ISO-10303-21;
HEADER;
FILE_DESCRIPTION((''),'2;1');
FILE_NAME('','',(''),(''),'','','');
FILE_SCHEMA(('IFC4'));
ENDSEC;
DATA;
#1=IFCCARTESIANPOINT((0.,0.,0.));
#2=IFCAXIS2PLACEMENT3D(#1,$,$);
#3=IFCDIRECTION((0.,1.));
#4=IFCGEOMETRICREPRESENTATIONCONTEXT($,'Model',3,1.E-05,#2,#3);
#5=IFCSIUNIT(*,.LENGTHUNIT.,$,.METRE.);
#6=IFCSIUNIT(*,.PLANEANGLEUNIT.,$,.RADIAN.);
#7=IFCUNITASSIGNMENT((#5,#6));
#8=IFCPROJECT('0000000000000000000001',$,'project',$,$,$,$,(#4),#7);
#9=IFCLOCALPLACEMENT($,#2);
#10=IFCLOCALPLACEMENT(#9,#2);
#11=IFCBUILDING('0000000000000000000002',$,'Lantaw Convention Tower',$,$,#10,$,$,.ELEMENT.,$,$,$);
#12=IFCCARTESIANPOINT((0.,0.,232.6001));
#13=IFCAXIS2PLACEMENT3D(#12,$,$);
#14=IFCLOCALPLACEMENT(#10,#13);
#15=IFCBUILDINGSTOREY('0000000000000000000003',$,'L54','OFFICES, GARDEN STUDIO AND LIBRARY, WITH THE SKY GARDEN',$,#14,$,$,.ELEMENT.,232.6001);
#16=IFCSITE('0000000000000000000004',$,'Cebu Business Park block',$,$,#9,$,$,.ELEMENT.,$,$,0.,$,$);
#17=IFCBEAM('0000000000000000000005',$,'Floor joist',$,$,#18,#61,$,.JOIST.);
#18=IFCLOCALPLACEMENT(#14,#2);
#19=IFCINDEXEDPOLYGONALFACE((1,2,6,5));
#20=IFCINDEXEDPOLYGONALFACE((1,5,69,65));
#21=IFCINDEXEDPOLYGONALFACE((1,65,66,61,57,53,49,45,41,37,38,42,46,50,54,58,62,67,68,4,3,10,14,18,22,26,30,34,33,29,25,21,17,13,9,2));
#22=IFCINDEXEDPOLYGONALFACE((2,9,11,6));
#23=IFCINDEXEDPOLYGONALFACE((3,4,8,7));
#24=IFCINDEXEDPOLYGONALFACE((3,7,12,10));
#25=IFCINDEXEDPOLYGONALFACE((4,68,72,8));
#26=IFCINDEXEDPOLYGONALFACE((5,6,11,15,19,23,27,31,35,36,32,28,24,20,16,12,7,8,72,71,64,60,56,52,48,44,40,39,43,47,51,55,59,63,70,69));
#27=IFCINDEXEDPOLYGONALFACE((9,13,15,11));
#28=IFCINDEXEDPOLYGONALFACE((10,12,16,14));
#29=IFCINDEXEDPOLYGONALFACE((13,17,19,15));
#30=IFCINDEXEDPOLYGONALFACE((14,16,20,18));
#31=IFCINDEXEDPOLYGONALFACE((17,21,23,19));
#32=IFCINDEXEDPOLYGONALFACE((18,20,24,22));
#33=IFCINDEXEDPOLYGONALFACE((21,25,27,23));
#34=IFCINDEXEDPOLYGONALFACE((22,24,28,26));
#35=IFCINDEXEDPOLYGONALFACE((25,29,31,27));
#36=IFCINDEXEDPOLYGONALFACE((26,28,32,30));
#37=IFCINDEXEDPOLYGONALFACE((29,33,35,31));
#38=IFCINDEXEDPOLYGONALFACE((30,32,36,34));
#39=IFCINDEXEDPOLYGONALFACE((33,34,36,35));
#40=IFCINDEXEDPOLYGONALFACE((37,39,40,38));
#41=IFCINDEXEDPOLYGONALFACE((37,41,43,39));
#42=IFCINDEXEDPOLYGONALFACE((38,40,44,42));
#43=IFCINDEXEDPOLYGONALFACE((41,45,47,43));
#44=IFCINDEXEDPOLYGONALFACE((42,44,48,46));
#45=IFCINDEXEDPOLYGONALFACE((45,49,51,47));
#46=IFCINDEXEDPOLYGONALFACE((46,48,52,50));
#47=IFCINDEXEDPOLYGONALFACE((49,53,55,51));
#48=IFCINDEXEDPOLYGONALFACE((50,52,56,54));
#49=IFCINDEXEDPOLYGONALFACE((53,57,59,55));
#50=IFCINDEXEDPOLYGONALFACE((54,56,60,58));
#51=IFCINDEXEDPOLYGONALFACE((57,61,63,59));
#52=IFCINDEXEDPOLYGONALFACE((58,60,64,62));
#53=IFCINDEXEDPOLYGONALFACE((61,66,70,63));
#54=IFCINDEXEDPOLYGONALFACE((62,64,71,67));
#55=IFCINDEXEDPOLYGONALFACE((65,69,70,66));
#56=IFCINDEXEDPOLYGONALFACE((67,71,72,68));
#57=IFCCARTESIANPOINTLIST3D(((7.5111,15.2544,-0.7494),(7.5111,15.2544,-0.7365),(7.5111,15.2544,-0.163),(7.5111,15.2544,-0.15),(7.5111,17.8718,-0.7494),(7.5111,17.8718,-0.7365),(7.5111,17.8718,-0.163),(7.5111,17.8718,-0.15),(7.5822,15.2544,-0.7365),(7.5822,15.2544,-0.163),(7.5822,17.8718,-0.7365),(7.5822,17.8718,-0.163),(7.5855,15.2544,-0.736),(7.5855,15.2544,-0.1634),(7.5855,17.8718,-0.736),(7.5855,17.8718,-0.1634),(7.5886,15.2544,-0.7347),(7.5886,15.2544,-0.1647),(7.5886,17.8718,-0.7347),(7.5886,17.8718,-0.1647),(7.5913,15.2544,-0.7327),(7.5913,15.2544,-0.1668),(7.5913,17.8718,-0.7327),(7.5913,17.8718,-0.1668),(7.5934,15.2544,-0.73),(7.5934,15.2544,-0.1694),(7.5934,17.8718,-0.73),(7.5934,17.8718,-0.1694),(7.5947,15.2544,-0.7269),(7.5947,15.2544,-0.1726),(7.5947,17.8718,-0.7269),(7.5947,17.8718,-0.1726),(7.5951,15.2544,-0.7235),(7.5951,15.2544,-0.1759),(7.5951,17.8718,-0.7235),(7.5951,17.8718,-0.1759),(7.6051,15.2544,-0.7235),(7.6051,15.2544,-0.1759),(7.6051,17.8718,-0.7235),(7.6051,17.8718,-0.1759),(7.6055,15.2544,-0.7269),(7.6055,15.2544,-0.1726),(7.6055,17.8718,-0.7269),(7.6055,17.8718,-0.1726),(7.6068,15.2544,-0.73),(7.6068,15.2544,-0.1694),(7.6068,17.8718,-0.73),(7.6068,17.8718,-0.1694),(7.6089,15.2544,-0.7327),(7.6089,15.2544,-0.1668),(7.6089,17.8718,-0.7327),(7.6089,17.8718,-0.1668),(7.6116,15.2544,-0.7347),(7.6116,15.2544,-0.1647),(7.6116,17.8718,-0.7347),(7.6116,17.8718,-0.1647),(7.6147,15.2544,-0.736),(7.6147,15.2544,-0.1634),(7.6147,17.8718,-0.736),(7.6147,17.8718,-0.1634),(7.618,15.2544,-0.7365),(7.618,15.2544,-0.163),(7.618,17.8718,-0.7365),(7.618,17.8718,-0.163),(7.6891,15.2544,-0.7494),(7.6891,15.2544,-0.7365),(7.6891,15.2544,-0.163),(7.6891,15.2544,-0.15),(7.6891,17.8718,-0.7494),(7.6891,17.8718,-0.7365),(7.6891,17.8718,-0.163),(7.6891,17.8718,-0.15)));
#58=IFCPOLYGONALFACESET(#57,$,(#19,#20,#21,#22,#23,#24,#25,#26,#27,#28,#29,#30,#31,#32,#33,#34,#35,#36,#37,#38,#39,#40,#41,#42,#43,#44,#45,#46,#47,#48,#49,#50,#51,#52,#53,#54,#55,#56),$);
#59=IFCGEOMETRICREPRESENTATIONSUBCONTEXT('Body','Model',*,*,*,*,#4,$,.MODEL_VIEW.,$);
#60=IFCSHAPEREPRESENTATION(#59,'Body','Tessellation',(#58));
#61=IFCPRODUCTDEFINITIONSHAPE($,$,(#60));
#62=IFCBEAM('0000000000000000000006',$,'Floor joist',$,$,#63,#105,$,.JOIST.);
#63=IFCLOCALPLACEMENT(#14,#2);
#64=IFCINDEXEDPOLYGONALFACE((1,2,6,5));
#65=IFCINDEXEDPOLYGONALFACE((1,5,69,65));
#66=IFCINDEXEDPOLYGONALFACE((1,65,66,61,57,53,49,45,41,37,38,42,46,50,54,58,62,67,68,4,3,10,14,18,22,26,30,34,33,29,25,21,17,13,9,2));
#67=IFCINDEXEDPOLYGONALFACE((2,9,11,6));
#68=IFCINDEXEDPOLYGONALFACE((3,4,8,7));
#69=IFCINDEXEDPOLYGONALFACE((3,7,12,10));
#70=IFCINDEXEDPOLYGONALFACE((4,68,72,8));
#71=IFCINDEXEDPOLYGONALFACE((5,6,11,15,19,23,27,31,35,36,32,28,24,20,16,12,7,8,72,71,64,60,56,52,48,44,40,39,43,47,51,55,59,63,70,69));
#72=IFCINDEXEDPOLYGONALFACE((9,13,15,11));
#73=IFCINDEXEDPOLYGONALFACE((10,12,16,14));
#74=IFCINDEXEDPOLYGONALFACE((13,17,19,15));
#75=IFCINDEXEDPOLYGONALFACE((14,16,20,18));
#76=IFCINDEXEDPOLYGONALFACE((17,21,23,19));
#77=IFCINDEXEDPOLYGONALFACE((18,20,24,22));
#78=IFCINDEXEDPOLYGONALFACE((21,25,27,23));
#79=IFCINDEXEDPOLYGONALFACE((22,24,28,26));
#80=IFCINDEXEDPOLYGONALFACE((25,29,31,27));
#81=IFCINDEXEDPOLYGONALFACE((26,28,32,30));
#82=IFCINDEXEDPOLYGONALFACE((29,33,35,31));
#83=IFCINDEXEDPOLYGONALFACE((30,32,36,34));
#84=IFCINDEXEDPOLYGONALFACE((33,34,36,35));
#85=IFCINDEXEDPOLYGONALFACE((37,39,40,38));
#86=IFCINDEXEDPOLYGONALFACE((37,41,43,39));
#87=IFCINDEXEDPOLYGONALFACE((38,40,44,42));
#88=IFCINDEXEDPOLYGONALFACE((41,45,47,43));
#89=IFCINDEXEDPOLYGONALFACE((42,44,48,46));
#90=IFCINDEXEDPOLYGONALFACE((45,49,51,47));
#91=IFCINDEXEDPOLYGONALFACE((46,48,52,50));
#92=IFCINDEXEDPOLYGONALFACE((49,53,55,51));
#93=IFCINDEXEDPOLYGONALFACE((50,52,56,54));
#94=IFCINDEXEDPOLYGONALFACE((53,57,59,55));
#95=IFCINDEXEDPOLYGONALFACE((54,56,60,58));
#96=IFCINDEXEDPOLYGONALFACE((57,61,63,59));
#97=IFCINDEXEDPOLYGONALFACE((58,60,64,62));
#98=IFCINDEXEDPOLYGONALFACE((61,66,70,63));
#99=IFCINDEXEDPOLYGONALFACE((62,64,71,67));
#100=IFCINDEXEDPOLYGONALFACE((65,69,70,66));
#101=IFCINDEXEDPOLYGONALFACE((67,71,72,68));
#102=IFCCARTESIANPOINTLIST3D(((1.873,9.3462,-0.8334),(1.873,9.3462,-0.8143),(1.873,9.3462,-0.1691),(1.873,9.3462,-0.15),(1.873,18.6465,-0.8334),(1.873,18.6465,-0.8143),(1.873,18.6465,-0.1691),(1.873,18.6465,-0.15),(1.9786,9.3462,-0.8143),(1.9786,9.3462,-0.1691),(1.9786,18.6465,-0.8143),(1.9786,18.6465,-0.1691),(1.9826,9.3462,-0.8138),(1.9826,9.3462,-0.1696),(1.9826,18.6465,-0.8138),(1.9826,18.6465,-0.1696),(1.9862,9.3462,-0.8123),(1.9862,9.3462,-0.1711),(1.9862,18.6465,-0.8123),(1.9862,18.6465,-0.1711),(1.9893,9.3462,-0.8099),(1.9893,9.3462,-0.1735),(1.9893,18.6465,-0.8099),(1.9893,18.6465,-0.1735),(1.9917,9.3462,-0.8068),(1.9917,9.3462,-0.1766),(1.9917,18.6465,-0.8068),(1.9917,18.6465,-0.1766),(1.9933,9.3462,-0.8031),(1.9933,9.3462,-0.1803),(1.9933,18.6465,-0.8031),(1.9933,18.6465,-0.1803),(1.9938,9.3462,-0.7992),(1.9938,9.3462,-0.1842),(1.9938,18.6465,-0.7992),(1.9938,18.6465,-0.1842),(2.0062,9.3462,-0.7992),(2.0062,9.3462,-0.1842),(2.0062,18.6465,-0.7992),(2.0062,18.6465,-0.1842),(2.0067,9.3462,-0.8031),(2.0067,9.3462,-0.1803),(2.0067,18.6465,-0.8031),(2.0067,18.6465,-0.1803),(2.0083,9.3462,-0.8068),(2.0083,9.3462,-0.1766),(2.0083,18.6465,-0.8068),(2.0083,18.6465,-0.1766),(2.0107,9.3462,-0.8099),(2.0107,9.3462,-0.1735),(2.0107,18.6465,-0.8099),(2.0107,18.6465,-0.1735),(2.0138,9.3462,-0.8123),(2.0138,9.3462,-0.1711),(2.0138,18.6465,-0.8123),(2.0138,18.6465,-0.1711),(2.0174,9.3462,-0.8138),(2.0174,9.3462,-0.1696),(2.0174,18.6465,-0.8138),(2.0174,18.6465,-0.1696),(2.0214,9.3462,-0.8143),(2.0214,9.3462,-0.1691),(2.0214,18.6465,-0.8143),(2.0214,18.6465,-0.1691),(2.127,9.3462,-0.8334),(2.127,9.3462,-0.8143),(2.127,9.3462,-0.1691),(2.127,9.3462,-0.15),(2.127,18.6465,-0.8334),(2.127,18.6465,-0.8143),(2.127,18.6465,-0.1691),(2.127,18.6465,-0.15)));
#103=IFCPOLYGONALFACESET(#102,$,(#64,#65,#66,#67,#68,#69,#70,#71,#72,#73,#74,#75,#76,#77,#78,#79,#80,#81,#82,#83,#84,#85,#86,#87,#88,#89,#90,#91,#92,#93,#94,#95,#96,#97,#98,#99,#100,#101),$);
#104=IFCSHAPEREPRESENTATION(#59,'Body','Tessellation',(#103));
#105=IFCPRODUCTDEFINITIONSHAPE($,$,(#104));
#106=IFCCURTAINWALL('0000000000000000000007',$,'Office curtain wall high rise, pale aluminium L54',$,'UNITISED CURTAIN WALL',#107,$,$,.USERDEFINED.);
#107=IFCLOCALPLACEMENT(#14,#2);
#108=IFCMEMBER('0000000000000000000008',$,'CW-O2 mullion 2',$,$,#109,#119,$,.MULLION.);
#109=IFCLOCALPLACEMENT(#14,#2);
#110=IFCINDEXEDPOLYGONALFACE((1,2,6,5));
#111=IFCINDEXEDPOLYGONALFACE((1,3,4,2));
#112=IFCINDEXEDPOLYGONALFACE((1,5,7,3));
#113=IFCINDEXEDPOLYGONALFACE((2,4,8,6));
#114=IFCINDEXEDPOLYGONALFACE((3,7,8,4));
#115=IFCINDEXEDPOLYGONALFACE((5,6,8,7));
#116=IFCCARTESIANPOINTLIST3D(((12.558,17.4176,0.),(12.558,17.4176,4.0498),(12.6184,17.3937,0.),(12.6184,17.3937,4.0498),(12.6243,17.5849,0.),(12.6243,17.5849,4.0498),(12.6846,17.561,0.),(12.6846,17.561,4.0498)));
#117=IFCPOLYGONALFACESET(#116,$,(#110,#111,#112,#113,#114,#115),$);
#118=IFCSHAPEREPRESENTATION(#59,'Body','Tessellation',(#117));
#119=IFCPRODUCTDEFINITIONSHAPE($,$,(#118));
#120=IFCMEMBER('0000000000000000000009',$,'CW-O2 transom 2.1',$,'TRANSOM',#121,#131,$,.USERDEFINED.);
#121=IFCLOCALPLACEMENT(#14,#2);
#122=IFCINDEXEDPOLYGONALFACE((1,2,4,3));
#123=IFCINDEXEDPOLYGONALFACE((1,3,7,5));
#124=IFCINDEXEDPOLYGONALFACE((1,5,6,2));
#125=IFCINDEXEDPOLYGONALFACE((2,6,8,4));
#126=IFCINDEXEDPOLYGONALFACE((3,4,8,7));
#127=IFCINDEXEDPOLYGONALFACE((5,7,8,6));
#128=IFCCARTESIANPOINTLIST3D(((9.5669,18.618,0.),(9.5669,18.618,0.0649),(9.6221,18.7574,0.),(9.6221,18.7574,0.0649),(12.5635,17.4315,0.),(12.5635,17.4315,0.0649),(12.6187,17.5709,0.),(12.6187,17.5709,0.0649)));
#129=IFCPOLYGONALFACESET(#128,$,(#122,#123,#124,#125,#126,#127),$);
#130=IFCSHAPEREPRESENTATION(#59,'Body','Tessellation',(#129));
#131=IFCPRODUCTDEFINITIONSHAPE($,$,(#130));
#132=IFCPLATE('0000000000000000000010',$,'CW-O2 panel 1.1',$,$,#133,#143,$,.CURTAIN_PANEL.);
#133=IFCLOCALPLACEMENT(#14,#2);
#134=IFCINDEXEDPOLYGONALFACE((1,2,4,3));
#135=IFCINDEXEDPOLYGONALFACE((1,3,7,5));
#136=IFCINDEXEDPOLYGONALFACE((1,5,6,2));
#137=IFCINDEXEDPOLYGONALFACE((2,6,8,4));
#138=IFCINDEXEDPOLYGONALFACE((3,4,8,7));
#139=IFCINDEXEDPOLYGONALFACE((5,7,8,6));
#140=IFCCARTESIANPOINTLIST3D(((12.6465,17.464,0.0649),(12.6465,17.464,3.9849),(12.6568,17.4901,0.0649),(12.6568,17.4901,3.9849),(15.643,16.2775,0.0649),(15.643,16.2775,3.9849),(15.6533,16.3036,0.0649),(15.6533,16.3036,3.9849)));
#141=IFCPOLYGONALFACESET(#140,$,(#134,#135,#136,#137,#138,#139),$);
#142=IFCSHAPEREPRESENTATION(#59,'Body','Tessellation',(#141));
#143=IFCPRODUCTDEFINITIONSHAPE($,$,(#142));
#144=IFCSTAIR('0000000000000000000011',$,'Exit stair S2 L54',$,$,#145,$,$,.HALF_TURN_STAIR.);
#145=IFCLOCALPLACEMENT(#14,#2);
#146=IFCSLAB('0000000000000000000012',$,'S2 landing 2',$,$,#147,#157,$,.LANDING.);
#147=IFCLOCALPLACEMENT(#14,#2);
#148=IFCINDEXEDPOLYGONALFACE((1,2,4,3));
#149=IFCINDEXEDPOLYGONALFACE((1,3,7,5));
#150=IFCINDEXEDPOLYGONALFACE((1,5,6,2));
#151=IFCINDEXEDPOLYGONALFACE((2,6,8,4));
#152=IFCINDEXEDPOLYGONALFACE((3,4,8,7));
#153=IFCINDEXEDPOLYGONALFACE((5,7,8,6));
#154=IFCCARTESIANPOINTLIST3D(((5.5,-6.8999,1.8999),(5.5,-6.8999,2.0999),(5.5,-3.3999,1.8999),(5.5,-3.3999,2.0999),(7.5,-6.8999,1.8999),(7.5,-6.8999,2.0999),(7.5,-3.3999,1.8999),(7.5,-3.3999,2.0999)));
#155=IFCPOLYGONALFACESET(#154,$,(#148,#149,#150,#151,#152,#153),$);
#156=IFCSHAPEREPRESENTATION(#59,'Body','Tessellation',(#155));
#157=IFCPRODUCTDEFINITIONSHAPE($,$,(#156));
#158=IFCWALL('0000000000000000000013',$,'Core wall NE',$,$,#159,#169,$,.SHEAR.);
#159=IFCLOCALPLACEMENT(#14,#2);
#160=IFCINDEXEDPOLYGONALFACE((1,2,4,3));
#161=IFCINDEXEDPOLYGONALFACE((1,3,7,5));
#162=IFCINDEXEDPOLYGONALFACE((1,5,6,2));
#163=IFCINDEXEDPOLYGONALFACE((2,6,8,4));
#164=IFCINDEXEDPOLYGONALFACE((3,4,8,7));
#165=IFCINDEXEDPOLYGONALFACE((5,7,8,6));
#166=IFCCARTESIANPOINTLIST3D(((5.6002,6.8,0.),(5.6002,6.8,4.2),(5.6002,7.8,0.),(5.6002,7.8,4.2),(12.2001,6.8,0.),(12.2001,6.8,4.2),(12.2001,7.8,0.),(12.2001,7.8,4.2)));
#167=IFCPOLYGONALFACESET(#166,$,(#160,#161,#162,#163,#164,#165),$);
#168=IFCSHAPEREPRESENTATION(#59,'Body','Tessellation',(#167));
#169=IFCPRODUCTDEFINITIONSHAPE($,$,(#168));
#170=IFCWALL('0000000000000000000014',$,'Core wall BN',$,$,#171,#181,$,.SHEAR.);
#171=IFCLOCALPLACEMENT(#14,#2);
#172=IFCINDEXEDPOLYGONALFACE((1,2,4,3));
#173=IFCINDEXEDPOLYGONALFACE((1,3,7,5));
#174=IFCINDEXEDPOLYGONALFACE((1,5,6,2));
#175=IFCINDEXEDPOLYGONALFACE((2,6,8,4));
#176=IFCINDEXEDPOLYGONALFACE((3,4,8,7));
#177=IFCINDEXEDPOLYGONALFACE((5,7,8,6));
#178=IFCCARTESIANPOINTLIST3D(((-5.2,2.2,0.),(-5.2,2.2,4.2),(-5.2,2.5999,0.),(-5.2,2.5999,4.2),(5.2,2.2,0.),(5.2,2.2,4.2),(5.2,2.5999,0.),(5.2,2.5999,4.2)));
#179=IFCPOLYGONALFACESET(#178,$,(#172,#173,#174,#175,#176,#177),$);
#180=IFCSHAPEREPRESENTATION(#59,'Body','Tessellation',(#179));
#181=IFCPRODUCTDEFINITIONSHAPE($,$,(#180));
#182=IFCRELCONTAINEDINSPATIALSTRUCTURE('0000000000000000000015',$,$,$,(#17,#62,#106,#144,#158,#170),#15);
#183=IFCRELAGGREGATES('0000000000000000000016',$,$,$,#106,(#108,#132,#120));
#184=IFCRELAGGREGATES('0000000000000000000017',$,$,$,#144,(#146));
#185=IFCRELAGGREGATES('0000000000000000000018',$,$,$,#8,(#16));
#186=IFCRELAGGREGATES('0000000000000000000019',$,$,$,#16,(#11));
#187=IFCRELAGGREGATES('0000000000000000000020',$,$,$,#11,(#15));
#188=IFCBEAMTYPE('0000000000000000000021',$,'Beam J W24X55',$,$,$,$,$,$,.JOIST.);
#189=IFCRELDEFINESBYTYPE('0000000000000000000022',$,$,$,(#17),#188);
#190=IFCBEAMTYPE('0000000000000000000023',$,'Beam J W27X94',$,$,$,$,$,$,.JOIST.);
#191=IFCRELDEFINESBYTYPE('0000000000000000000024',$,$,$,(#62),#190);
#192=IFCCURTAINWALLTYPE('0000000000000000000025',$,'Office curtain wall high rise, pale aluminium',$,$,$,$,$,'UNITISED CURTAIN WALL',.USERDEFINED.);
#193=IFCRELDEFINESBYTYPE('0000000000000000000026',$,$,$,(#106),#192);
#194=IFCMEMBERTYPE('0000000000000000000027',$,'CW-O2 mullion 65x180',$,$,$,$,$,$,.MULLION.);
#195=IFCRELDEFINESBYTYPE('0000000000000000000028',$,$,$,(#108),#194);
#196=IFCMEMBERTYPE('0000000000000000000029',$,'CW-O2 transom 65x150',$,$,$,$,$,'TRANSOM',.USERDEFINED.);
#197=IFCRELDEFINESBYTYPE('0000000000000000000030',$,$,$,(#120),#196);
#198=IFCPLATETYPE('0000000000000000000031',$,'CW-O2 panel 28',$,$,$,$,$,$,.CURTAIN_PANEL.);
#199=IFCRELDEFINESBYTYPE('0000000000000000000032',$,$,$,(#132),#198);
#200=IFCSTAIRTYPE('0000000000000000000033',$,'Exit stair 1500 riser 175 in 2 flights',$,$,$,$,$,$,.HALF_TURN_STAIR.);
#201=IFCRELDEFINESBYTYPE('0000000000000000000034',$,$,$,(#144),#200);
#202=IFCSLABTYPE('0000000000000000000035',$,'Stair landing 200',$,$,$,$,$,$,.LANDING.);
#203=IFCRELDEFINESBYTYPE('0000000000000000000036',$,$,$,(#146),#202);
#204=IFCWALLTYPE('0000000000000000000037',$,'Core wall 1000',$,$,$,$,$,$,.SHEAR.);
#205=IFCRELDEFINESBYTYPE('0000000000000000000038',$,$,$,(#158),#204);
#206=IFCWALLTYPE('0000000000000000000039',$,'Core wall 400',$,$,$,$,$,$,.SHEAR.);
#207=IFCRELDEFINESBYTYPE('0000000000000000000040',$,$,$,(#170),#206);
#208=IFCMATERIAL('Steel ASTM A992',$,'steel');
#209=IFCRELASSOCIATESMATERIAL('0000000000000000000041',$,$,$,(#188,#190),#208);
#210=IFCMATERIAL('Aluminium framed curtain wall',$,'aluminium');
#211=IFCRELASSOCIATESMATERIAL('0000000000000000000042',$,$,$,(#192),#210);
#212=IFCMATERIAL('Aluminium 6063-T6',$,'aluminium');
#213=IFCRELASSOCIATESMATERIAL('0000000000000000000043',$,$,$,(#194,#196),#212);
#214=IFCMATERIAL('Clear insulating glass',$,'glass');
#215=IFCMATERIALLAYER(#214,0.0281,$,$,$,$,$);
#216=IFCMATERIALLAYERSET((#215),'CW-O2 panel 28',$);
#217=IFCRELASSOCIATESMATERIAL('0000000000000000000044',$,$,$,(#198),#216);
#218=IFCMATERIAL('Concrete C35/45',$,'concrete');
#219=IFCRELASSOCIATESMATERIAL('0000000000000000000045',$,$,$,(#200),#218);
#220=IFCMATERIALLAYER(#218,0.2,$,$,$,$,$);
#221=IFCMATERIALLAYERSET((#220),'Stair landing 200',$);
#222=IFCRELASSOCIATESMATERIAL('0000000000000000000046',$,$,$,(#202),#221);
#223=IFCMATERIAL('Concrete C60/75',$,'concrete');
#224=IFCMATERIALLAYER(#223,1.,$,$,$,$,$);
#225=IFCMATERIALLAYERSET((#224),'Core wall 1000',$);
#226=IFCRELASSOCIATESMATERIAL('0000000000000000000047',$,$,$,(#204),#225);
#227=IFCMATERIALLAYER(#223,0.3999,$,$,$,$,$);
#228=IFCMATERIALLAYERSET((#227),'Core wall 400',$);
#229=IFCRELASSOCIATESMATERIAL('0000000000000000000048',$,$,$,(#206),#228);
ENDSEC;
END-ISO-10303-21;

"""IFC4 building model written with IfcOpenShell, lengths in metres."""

from ifc_helpers import new_model, si_unit, direction, frame, frame_2d, origin, origin_2d, place, context, subcontext, project, spatial, polyline, rectangle, i_section, outline, extrude, material, layer, layer_set, material_profile, profile_set, type_object, element, aggregate, save


model = new_model("IFC4")

# Units and contexts
model_context = context("Model", 3, precision=1e-05, world=origin(), true_north=direction((0.0, 1.0)))
body_context = subcontext(model_context, "Body", "Model", "MODEL_VIEW")
ifc_project = project(units=[si_unit("LENGTHUNIT", "METRE"), si_unit("PLANEANGLEUNIT", "RADIAN")], contexts=[model_context])

# Site, building, storey
site_placement = place(None, origin())
site = spatial("IfcSite", under=ifc_project, at=site_placement, Name="Cebu Business Park block", CompositionType="ELEMENT", RefElevation=0.0)
building_placement = place(site_placement, origin())
building = spatial("IfcBuilding", under=site, at=building_placement, Name="Lantaw Convention Tower", CompositionType="ELEMENT")
storey_placement = place(building_placement, frame((0.0, 0.0, 232.6001)))
storey = spatial("IfcBuildingStorey", under=building, at=storey_placement, Name="L54", Description="OFFICES, GARDEN STUDIO AND LIBRARY, WITH THE SKY GARDEN", CompositionType="ELEMENT", Elevation=232.6001)

# Beams
ifc_material_1 = material(Name="Steel ASTM A992", Category="steel")
ifc_material_profile_1 = material_profile(ifc_material_1, i_section(OverallWidth=0.178, OverallDepth=0.5994, WebThickness=0.01, FlangeThickness=0.0129, FilletRadius=0.0129, at=origin_2d()), Name="W24X55")
ifc_profile_set_1 = profile_set([ifc_material_profile_1], Name="Steel ASTM A992")
beam_type_1 = type_object("IfcBeamType", Name="Beam J W24X55", PredefinedType="JOIST", material=ifc_profile_set_1)
beam_1_placement = place(storey_placement, frame((7.6001, 15.2544, -0.4497), z_axis=(0.0, 1.0, 0.0), x_axis=(-1.0, 0.0, 0.0)))
element("IfcBeam", 1, at=beam_1_placement, inside=storey, type_object=beam_type_1, Name="Floor joist", PredefinedType="JOIST", context=body_context, shape_type="SweptSolid", body=[
    extrude(i_section(OverallWidth=0.178, OverallDepth=0.5994, WebThickness=0.01, FlangeThickness=0.0129, FilletRadius=0.0129, at=origin_2d()), origin(), (0.0, 0.0, 1.0), 2.6174),
])
ifc_material_profile_2 = material_profile(ifc_material_1, i_section(OverallWidth=0.2539, OverallDepth=0.6833, WebThickness=0.0125, FlangeThickness=0.019, FilletRadius=0.0151, at=origin_2d()), Name="W27X94")
ifc_profile_set_2 = profile_set([ifc_material_profile_2], Name="Steel ASTM A992")
beam_type_2 = type_object("IfcBeamType", Name="Beam J W27X94", PredefinedType="JOIST", material=ifc_profile_set_2)
beam_2_placement = place(storey_placement, frame((2.0, 9.3462, -0.4917), z_axis=(0.0, 1.0, 0.0), x_axis=(-1.0, 0.0, 0.0)))
element("IfcBeam", 2, at=beam_2_placement, inside=storey, type_object=beam_type_2, Name="Floor joist", PredefinedType="JOIST", context=body_context, shape_type="SweptSolid", body=[
    extrude(i_section(OverallWidth=0.2539, OverallDepth=0.6833, WebThickness=0.0125, FlangeThickness=0.019, FilletRadius=0.0151, at=origin_2d()), origin(), (0.0, 0.0, 1.0), 9.3003),
])

# Curtain wall, members, plate
ifc_material_2 = material(Name="Aluminium framed curtain wall", Category="aluminium")
curtain_wall_type = type_object("IfcCurtainWallType", Name="Office curtain wall high rise, pale aluminium", ElementType="UNITISED CURTAIN WALL", PredefinedType="USERDEFINED", material=ifc_material_2)
curtain_wall_placement = place(storey_placement, origin())
curtain_wall = element("IfcCurtainWall", 3, at=curtain_wall_placement, inside=storey, type_object=curtain_wall_type, Name="Office curtain wall high rise, pale aluminium L54", ObjectType="UNITISED CURTAIN WALL", PredefinedType="USERDEFINED")
ifc_material_3 = material(Name="Aluminium 6063-T6", Category="aluminium")
ifc_material_profile_3 = material_profile(ifc_material_3, rectangle(XDim=0.1799, YDim=0.0649, at=origin_2d()), Name="CW-O2 mullion 65x180")
ifc_profile_set_3 = profile_set([ifc_material_profile_3], Name="Aluminium 6063-T6")
member_type_1 = type_object("IfcMemberType", Name="CW-O2 mullion 65x180", PredefinedType="MULLION", material=ifc_profile_set_3)
member_1_placement = place(storey_placement, frame((12.6213, 17.4893, 0.0), z_axis=(0.0, 0.0, 1.0), x_axis=(-0.368162, -0.929762, 0.0)))
member_1 = element("IfcMember", 4, at=member_1_placement, type_object=member_type_1, Name="CW-O2 mullion 2", PredefinedType="MULLION", context=body_context, shape_type="SweptSolid", body=[
    extrude(rectangle(XDim=0.1799, YDim=0.0649, at=origin_2d()), origin(), (0.0, 0.0, 1.0), 4.0498),
])
ifc_material_profile_4 = material_profile(ifc_material_3, rectangle(XDim=0.1499, YDim=0.0649, at=origin_2d()), Name="CW-O2 transom 65x150")
ifc_profile_set_4 = profile_set([ifc_material_profile_4], Name="Aluminium 6063-T6")
member_type_2 = type_object("IfcMemberType", Name="CW-O2 transom 65x150", ElementType="TRANSOM", PredefinedType="USERDEFINED", material=ifc_profile_set_4)
member_2_placement = place(storey_placement, frame((12.5911, 17.5012, 0.0325), z_axis=(-0.929767, 0.368149, 0.0), x_axis=(-0.368149, -0.929767, 0.0)))
member_2 = element("IfcMember", 5, at=member_2_placement, type_object=member_type_2, Name="CW-O2 transom 2.1", ObjectType="TRANSOM", PredefinedType="USERDEFINED", context=body_context, shape_type="SweptSolid", body=[
    extrude(rectangle(XDim=0.1499, YDim=0.0649, at=origin_2d()), origin(), (0.0, 0.0, 1.0), 3.2229),
])
ifc_material_4 = material(Name="Clear insulating glass", Category="glass")
ifc_layer_1 = layer(ifc_material_4, 0.0281)
ifc_layer_set_1 = layer_set([ifc_layer_1], Name="CW-O2 panel 28")
plate_type = type_object("IfcPlateType", Name="CW-O2 panel 28", PredefinedType="CURTAIN_PANEL", material=ifc_layer_set_1)
plate_placement = place(storey_placement, frame((14.1499, 16.8838, 0.0649), z_axis=(0.0, 0.0, 1.0), x_axis=(-0.929762, 0.368162, 0.0)))
plate = element("IfcPlate", 6, at=plate_placement, type_object=plate_type, Name="CW-O2 panel 1.1", PredefinedType="CURTAIN_PANEL", context=body_context, shape_type="SweptSolid", body=[
    extrude(rectangle(XDim=3.2229, YDim=0.0281, at=origin_2d()), origin(), (0.0, 0.0, 1.0), 3.9199),
])
aggregate(curtain_wall, [member_1, plate, member_2])

# Stair, slab
ifc_material_5 = material(Name="Concrete C35/45", Category="concrete")
stair_type = type_object("IfcStairType", Name="Exit stair 1500 riser 175 in 2 flights", PredefinedType="HALF_TURN_STAIR", material=ifc_material_5)
stair_placement = place(storey_placement, origin())
stair = element("IfcStair", 7, at=stair_placement, inside=storey, type_object=stair_type, Name="Exit stair S2 L54", PredefinedType="HALF_TURN_STAIR")
ifc_layer_2 = layer(ifc_material_5, 0.2)
ifc_layer_set_2 = layer_set([ifc_layer_2], Name="Stair landing 200")
slab_type = type_object("IfcSlabType", Name="Stair landing 200", PredefinedType="LANDING", material=ifc_layer_set_2)
slab_placement = place(storey_placement, frame((0.0, 0.0, 1.8999)))
slab = element("IfcSlab", 8, at=slab_placement, type_object=slab_type, Name="S2 landing 2", PredefinedType="LANDING", context=body_context, shape_type="SweptSolid", body=[
    extrude(outline(polyline([(5.5, -6.8999), (7.5, -6.8999), (7.5, -3.3999), (5.5, -3.3999), (5.5, -6.8999)])), origin(), (0.0, 0.0, 1.0), 0.2),
])
aggregate(stair, [slab])

# Walls
ifc_material_6 = material(Name="Concrete C60/75", Category="concrete")
ifc_layer_3 = layer(ifc_material_6, 1.0)
ifc_layer_set_3 = layer_set([ifc_layer_3], Name="Core wall 1000")
wall_type_1 = type_object("IfcWallType", Name="Core wall 1000", PredefinedType="SHEAR", material=ifc_layer_set_3)
wall_1_placement = place(storey_placement, frame((12.2, 7.3, 0.0), z_axis=(0.0, 0.0, 1.0), x_axis=(-1.0, 0.0, 0.0)))
element("IfcWall", 9, at=wall_1_placement, inside=storey, type_object=wall_type_1, Name="Core wall NE", PredefinedType="SHEAR", context=body_context, shape_type="SweptSolid", body=[
    extrude(rectangle(XDim=6.5999, YDim=1.0, at=frame_2d((3.2998, 0.0))), origin(), (0.0, 0.0, 1.0), 4.2),
])
ifc_layer_4 = layer(ifc_material_6, 0.3999)
ifc_layer_set_4 = layer_set([ifc_layer_4], Name="Core wall 400")
wall_type_2 = type_object("IfcWallType", Name="Core wall 400", PredefinedType="SHEAR", material=ifc_layer_set_4)
wall_2_placement = place(storey_placement, frame((5.2, 2.3999, 0.0), z_axis=(0.0, 0.0, 1.0), x_axis=(-1.0, 0.0, 0.0)))
element("IfcWall", 10, at=wall_2_placement, inside=storey, type_object=wall_type_2, Name="Core wall BN", PredefinedType="SHEAR", context=body_context, shape_type="SweptSolid", body=[
    extrude(rectangle(XDim=10.3999, YDim=0.3999, at=frame_2d((5.2, 0.0))), origin(), (0.0, 0.0, 1.0), 4.2),
])

save(model, "model.ifc")
